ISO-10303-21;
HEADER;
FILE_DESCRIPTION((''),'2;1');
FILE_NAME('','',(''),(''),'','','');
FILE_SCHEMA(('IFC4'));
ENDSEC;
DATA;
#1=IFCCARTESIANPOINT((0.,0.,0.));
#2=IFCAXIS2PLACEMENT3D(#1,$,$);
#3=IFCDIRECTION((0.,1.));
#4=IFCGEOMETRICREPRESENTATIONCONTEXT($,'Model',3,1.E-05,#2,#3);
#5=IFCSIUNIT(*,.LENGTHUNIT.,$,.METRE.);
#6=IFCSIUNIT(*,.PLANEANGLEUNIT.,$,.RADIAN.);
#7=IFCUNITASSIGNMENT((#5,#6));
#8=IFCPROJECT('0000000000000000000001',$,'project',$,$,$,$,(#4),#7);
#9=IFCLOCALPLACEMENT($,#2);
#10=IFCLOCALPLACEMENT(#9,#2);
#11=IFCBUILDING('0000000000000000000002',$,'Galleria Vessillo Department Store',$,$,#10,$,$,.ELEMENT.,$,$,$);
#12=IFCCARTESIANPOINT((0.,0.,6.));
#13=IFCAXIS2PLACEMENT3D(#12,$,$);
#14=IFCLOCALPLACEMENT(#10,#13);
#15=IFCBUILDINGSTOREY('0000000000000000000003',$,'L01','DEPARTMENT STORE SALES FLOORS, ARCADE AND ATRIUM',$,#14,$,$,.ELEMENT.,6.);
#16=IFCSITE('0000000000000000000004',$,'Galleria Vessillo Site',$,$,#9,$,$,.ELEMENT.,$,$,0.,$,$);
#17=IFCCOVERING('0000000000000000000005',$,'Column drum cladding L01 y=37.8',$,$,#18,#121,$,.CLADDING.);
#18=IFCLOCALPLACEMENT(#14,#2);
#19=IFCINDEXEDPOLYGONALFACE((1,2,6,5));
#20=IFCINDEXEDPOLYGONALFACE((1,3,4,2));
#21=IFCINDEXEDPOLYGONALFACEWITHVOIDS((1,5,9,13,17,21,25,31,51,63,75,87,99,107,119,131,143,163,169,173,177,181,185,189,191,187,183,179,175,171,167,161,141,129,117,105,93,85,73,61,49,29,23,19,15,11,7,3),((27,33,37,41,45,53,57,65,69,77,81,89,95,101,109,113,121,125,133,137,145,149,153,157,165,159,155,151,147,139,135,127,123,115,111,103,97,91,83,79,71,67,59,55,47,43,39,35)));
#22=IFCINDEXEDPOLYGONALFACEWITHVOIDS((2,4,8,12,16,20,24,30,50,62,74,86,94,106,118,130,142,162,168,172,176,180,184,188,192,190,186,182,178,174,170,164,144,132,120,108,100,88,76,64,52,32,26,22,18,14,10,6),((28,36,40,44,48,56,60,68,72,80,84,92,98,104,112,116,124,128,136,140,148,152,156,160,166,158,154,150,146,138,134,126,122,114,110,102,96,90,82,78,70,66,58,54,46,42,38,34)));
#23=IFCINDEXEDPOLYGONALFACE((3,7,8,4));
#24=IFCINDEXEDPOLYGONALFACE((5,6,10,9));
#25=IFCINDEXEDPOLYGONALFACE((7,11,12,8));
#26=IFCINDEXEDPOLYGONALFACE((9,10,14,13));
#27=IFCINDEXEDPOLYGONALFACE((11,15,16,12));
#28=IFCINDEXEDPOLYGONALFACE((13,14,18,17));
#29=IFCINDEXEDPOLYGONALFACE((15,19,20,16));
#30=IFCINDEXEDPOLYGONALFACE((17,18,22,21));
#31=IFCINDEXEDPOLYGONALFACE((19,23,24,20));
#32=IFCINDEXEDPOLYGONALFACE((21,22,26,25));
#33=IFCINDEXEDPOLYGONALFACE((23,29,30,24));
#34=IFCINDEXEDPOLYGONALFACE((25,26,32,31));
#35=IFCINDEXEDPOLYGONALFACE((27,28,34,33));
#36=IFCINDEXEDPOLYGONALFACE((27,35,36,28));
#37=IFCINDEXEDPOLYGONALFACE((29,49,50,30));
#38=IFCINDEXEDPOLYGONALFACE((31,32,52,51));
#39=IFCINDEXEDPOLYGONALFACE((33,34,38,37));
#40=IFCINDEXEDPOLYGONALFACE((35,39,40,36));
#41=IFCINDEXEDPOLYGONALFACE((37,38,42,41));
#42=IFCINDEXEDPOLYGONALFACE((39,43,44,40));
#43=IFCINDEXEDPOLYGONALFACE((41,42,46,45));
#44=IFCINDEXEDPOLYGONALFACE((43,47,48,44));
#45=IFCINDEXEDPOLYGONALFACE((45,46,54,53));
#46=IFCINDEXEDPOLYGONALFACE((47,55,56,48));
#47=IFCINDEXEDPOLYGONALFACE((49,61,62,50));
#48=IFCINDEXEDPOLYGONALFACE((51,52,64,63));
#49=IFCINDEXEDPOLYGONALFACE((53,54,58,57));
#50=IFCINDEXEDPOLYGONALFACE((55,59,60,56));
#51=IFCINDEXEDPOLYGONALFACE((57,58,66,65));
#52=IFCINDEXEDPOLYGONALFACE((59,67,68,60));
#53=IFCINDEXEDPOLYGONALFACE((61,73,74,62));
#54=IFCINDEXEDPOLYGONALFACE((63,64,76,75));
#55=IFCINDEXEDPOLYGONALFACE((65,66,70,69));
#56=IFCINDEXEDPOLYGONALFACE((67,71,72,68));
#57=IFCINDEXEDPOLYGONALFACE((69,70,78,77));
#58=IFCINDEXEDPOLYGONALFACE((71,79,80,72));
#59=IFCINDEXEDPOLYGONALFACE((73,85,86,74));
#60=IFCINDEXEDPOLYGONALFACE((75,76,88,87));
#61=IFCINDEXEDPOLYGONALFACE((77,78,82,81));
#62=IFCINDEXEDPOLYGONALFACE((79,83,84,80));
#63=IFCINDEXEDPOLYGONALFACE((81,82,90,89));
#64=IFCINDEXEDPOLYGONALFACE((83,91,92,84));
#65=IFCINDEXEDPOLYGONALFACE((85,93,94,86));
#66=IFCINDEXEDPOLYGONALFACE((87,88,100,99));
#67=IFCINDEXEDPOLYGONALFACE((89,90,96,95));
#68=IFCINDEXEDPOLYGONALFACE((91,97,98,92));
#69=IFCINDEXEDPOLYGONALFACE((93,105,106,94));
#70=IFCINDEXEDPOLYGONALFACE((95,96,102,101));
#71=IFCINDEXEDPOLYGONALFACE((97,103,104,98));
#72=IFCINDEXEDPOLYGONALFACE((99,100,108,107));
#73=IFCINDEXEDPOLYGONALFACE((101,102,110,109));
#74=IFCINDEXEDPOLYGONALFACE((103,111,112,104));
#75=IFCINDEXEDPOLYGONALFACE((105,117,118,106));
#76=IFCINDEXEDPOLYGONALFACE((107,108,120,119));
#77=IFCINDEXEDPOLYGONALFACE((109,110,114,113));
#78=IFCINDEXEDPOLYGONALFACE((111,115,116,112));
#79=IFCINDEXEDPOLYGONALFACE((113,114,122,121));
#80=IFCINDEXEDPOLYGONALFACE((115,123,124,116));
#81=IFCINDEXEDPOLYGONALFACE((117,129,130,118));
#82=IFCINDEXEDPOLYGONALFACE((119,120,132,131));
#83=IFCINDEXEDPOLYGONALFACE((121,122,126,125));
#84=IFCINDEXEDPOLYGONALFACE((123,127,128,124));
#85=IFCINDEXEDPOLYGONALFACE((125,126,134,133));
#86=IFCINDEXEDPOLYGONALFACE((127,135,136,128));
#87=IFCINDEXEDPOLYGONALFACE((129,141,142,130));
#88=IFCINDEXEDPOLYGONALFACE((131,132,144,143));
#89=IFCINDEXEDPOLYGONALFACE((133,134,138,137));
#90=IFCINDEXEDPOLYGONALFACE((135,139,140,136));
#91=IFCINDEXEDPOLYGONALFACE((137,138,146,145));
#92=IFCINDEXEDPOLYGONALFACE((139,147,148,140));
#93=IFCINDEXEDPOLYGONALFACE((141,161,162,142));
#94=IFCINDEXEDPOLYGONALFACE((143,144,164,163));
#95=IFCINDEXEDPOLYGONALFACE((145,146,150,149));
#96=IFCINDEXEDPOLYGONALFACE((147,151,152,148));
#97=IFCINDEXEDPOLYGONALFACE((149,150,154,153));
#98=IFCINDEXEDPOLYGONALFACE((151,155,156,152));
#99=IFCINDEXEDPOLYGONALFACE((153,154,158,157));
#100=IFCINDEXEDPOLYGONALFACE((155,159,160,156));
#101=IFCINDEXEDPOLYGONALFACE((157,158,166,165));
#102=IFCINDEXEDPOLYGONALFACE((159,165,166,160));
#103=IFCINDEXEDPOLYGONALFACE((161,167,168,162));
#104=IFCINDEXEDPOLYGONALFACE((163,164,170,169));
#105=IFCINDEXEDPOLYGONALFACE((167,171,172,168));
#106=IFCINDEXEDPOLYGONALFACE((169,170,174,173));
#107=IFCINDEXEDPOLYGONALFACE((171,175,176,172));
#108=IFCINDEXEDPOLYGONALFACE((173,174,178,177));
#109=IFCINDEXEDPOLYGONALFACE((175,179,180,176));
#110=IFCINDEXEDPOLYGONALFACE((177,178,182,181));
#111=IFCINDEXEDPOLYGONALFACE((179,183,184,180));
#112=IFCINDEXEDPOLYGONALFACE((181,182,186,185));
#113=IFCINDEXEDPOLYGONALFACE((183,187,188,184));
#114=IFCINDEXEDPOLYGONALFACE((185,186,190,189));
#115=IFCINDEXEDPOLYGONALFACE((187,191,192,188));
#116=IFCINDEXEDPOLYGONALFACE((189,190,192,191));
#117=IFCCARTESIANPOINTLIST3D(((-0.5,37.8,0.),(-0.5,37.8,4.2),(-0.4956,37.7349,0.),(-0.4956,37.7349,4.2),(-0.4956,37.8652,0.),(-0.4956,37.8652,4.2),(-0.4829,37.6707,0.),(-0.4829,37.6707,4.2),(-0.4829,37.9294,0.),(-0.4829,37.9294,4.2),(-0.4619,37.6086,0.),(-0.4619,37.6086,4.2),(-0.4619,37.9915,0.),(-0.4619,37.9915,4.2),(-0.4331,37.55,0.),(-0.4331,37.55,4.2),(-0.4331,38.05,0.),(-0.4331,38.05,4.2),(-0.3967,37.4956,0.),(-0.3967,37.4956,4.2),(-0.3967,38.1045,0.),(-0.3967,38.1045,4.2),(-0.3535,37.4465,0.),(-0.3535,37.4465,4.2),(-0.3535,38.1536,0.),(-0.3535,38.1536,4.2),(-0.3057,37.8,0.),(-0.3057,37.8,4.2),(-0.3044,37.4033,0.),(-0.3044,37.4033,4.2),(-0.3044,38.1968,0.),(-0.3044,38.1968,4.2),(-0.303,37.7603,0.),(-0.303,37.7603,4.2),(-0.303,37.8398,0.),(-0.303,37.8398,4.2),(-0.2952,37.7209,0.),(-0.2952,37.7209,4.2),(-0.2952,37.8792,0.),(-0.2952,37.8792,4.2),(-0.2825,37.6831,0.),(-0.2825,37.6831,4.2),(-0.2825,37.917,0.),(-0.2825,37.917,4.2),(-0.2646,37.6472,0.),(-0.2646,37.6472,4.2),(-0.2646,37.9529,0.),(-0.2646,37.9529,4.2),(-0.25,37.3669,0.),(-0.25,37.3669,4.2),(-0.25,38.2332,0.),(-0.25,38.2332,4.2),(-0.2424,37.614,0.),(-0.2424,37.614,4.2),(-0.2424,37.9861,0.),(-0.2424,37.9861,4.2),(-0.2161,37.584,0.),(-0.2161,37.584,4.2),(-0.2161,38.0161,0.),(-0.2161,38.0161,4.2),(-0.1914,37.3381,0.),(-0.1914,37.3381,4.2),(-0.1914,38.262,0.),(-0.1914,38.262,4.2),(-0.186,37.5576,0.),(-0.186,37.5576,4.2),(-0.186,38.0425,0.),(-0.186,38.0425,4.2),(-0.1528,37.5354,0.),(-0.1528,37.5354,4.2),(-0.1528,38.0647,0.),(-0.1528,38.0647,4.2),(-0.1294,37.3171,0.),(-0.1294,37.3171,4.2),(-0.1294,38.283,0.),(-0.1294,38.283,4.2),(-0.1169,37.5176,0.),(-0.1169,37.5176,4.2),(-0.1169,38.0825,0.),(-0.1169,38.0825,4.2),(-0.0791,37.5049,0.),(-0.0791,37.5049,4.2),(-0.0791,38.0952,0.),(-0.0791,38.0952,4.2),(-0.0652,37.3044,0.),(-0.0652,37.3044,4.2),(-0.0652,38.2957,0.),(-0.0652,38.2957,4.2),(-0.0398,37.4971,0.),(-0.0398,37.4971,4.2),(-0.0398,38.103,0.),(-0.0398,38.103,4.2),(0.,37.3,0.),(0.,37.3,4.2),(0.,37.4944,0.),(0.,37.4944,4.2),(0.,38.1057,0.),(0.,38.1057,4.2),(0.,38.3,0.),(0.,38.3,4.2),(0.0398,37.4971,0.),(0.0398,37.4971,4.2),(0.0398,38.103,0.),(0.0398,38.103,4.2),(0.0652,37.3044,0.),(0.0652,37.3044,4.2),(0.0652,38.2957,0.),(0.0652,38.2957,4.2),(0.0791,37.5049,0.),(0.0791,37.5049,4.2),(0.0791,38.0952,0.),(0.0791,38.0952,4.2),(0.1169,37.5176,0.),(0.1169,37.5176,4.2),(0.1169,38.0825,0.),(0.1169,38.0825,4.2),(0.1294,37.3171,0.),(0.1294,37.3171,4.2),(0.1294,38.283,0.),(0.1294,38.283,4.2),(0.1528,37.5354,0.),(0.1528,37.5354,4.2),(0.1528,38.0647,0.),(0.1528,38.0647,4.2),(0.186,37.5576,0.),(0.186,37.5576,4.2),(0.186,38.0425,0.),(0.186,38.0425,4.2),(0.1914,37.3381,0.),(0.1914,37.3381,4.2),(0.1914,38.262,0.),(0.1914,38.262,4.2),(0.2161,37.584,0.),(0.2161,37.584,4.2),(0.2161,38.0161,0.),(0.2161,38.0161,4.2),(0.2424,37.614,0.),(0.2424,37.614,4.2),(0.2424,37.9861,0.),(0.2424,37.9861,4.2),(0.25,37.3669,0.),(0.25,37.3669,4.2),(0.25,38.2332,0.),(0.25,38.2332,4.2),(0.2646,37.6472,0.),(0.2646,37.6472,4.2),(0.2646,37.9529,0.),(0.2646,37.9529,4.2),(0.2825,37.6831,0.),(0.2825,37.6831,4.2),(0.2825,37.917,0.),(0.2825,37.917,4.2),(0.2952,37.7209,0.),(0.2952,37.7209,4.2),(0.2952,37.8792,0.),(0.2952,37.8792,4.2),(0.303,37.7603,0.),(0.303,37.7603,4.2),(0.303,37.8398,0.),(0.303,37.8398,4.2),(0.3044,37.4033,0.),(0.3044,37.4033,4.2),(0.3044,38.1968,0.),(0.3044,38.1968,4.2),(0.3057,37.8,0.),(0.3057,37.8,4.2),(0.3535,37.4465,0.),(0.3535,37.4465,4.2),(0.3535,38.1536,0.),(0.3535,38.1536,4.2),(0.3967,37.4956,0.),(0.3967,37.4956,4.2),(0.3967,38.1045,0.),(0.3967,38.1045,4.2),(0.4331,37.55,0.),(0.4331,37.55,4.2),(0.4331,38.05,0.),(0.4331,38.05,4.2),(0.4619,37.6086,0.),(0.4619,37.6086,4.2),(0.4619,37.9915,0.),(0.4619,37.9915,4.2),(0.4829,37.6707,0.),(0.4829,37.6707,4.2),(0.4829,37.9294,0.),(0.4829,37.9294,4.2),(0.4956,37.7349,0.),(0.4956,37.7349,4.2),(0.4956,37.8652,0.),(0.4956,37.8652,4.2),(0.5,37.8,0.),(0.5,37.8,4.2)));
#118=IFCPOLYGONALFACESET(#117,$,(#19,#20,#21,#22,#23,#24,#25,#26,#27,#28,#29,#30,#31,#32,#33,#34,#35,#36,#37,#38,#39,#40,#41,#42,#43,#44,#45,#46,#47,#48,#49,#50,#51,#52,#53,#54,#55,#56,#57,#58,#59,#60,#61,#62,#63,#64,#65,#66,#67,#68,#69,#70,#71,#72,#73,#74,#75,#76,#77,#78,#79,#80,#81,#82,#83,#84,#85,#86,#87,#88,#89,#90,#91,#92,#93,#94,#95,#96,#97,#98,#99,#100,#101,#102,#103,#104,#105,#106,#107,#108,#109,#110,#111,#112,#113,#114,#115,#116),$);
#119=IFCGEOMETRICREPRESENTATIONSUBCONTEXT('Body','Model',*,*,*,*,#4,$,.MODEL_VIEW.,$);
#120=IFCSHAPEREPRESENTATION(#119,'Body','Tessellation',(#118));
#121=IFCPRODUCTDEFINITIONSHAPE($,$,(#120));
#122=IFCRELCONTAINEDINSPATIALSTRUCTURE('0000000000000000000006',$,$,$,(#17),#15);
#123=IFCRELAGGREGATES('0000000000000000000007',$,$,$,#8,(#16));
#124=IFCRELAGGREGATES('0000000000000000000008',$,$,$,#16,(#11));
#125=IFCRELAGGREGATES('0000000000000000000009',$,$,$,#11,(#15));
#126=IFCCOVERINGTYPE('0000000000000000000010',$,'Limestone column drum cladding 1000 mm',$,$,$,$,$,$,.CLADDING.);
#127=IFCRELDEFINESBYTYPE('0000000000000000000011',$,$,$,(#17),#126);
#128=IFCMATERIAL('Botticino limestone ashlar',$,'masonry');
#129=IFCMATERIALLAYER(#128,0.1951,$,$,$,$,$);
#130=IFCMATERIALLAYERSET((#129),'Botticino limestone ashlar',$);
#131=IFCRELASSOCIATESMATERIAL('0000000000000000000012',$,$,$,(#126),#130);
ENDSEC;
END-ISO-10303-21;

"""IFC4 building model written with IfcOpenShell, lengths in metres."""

from ifc_helpers import new_model, si_unit, direction, frame, origin, place, context, subcontext, project, spatial, polyline, outline, extrude, material, layer, layer_set, type_object, element, save


model = new_model("IFC4")

# Units and contexts
model_context = context("Model", 3, precision=1e-05, world=origin(), true_north=direction((0.0, 1.0)))
body_context = subcontext(model_context, "Body", "Model", "MODEL_VIEW")
ifc_project = project(units=[si_unit("LENGTHUNIT", "METRE"), si_unit("PLANEANGLEUNIT", "RADIAN")], contexts=[model_context])

# Site, building, storey
site_placement = place(None, origin())
site = spatial("IfcSite", under=ifc_project, at=site_placement, Name="Galleria Vessillo Site", CompositionType="ELEMENT", RefElevation=0.0)
building_placement = place(site_placement, origin())
building = spatial("IfcBuilding", under=site, at=building_placement, Name="Galleria Vessillo Department Store", CompositionType="ELEMENT")
storey_placement = place(building_placement, frame((0.0, 0.0, 6.0)))
storey = spatial("IfcBuildingStorey", under=building, at=storey_placement, Name="L01", Description="DEPARTMENT STORE SALES FLOORS, ARCADE AND ATRIUM", CompositionType="ELEMENT", Elevation=6.0)

# Covering
ifc_material_1 = material(Name="Botticino limestone ashlar", Category="masonry")
ifc_layer_1 = layer(ifc_material_1, 0.1951)
ifc_layer_set_1 = layer_set([ifc_layer_1], Name="Botticino limestone ashlar")
covering_type = type_object("IfcCoveringType", Name="Limestone column drum cladding 1000 mm", PredefinedType="CLADDING", material=ifc_layer_set_1)
covering_1_placement = place(storey_placement, origin())
element("IfcCovering", 1, at=covering_1_placement, inside=storey, type_object=covering_type, Name="Column drum cladding L01 y=37.8", PredefinedType="CLADDING", context=body_context, shape_type="SweptSolid", body=[
    extrude(outline(polyline([(0.5, 37.8), (0.4956, 37.8652), (0.4829, 37.9294), (0.4619, 37.9915), (0.4331, 38.05), (0.3967, 38.1045), (0.3535, 38.1536), (0.3044, 38.1968), (0.25, 38.2332), (0.1914, 38.262), (0.1294, 38.283), (0.0652, 38.2957), (0.0, 38.3), (-0.0652, 38.2957), (-0.1294, 38.283), (-0.1914, 38.262), (-0.25, 38.2332), (-0.3044, 38.1968), (-0.3535, 38.1536), (-0.3967, 38.1045), (-0.4331, 38.05), (-0.4619, 37.9915), (-0.4829, 37.9294), (-0.4956, 37.8652), (-0.5, 37.8), (-0.4956, 37.7349), (-0.4829, 37.6707), (-0.4619, 37.6086), (-0.4331, 37.55), (-0.3967, 37.4956), (-0.3535, 37.4465), (-0.3044, 37.4033), (-0.25, 37.3669), (-0.1914, 37.3381), (-0.1294, 37.3171), (-0.0652, 37.3044), (0.0, 37.3), (0.0652, 37.3044), (0.1294, 37.3171), (0.1914, 37.3381), (0.25, 37.3669), (0.3044, 37.4033), (0.3535, 37.4465), (0.3967, 37.4956), (0.4331, 37.55), (0.4619, 37.6086), (0.4829, 37.6707), (0.4956, 37.7349), (0.5, 37.8)]), holes=[polyline([(0.3057, 37.8), (0.303, 37.8398), (0.2952, 37.8792), (0.2825, 37.917), (0.2646, 37.9529), (0.2424, 37.9861), (0.2161, 38.0161), (0.186, 38.0425), (0.1528, 38.0647), (0.1169, 38.0825), (0.0791, 38.0952), (0.0398, 38.103), (0.0, 38.1057), (-0.0398, 38.103), (-0.0791, 38.0952), (-0.1169, 38.0825), (-0.1528, 38.0647), (-0.186, 38.0425), (-0.2161, 38.0161), (-0.2424, 37.9861), (-0.2646, 37.9529), (-0.2825, 37.917), (-0.2952, 37.8792), (-0.303, 37.8398), (-0.3057, 37.8), (-0.303, 37.7603), (-0.2952, 37.7209), (-0.2825, 37.6831), (-0.2646, 37.6472), (-0.2424, 37.614), (-0.2161, 37.584), (-0.186, 37.5576), (-0.1528, 37.5354), (-0.1169, 37.5176), (-0.0791, 37.5049), (-0.0398, 37.4971), (0.0, 37.4944), (0.0398, 37.4971), (0.0791, 37.5049), (0.1169, 37.5176), (0.1528, 37.5354), (0.186, 37.5576), (0.2161, 37.584), (0.2424, 37.614), (0.2646, 37.6472), (0.2825, 37.6831), (0.2952, 37.7209), (0.303, 37.7603), (0.3057, 37.8)])]), origin(), (0.0, 0.0, 1.0), 4.2),
])

save(model, "model.ifc")
